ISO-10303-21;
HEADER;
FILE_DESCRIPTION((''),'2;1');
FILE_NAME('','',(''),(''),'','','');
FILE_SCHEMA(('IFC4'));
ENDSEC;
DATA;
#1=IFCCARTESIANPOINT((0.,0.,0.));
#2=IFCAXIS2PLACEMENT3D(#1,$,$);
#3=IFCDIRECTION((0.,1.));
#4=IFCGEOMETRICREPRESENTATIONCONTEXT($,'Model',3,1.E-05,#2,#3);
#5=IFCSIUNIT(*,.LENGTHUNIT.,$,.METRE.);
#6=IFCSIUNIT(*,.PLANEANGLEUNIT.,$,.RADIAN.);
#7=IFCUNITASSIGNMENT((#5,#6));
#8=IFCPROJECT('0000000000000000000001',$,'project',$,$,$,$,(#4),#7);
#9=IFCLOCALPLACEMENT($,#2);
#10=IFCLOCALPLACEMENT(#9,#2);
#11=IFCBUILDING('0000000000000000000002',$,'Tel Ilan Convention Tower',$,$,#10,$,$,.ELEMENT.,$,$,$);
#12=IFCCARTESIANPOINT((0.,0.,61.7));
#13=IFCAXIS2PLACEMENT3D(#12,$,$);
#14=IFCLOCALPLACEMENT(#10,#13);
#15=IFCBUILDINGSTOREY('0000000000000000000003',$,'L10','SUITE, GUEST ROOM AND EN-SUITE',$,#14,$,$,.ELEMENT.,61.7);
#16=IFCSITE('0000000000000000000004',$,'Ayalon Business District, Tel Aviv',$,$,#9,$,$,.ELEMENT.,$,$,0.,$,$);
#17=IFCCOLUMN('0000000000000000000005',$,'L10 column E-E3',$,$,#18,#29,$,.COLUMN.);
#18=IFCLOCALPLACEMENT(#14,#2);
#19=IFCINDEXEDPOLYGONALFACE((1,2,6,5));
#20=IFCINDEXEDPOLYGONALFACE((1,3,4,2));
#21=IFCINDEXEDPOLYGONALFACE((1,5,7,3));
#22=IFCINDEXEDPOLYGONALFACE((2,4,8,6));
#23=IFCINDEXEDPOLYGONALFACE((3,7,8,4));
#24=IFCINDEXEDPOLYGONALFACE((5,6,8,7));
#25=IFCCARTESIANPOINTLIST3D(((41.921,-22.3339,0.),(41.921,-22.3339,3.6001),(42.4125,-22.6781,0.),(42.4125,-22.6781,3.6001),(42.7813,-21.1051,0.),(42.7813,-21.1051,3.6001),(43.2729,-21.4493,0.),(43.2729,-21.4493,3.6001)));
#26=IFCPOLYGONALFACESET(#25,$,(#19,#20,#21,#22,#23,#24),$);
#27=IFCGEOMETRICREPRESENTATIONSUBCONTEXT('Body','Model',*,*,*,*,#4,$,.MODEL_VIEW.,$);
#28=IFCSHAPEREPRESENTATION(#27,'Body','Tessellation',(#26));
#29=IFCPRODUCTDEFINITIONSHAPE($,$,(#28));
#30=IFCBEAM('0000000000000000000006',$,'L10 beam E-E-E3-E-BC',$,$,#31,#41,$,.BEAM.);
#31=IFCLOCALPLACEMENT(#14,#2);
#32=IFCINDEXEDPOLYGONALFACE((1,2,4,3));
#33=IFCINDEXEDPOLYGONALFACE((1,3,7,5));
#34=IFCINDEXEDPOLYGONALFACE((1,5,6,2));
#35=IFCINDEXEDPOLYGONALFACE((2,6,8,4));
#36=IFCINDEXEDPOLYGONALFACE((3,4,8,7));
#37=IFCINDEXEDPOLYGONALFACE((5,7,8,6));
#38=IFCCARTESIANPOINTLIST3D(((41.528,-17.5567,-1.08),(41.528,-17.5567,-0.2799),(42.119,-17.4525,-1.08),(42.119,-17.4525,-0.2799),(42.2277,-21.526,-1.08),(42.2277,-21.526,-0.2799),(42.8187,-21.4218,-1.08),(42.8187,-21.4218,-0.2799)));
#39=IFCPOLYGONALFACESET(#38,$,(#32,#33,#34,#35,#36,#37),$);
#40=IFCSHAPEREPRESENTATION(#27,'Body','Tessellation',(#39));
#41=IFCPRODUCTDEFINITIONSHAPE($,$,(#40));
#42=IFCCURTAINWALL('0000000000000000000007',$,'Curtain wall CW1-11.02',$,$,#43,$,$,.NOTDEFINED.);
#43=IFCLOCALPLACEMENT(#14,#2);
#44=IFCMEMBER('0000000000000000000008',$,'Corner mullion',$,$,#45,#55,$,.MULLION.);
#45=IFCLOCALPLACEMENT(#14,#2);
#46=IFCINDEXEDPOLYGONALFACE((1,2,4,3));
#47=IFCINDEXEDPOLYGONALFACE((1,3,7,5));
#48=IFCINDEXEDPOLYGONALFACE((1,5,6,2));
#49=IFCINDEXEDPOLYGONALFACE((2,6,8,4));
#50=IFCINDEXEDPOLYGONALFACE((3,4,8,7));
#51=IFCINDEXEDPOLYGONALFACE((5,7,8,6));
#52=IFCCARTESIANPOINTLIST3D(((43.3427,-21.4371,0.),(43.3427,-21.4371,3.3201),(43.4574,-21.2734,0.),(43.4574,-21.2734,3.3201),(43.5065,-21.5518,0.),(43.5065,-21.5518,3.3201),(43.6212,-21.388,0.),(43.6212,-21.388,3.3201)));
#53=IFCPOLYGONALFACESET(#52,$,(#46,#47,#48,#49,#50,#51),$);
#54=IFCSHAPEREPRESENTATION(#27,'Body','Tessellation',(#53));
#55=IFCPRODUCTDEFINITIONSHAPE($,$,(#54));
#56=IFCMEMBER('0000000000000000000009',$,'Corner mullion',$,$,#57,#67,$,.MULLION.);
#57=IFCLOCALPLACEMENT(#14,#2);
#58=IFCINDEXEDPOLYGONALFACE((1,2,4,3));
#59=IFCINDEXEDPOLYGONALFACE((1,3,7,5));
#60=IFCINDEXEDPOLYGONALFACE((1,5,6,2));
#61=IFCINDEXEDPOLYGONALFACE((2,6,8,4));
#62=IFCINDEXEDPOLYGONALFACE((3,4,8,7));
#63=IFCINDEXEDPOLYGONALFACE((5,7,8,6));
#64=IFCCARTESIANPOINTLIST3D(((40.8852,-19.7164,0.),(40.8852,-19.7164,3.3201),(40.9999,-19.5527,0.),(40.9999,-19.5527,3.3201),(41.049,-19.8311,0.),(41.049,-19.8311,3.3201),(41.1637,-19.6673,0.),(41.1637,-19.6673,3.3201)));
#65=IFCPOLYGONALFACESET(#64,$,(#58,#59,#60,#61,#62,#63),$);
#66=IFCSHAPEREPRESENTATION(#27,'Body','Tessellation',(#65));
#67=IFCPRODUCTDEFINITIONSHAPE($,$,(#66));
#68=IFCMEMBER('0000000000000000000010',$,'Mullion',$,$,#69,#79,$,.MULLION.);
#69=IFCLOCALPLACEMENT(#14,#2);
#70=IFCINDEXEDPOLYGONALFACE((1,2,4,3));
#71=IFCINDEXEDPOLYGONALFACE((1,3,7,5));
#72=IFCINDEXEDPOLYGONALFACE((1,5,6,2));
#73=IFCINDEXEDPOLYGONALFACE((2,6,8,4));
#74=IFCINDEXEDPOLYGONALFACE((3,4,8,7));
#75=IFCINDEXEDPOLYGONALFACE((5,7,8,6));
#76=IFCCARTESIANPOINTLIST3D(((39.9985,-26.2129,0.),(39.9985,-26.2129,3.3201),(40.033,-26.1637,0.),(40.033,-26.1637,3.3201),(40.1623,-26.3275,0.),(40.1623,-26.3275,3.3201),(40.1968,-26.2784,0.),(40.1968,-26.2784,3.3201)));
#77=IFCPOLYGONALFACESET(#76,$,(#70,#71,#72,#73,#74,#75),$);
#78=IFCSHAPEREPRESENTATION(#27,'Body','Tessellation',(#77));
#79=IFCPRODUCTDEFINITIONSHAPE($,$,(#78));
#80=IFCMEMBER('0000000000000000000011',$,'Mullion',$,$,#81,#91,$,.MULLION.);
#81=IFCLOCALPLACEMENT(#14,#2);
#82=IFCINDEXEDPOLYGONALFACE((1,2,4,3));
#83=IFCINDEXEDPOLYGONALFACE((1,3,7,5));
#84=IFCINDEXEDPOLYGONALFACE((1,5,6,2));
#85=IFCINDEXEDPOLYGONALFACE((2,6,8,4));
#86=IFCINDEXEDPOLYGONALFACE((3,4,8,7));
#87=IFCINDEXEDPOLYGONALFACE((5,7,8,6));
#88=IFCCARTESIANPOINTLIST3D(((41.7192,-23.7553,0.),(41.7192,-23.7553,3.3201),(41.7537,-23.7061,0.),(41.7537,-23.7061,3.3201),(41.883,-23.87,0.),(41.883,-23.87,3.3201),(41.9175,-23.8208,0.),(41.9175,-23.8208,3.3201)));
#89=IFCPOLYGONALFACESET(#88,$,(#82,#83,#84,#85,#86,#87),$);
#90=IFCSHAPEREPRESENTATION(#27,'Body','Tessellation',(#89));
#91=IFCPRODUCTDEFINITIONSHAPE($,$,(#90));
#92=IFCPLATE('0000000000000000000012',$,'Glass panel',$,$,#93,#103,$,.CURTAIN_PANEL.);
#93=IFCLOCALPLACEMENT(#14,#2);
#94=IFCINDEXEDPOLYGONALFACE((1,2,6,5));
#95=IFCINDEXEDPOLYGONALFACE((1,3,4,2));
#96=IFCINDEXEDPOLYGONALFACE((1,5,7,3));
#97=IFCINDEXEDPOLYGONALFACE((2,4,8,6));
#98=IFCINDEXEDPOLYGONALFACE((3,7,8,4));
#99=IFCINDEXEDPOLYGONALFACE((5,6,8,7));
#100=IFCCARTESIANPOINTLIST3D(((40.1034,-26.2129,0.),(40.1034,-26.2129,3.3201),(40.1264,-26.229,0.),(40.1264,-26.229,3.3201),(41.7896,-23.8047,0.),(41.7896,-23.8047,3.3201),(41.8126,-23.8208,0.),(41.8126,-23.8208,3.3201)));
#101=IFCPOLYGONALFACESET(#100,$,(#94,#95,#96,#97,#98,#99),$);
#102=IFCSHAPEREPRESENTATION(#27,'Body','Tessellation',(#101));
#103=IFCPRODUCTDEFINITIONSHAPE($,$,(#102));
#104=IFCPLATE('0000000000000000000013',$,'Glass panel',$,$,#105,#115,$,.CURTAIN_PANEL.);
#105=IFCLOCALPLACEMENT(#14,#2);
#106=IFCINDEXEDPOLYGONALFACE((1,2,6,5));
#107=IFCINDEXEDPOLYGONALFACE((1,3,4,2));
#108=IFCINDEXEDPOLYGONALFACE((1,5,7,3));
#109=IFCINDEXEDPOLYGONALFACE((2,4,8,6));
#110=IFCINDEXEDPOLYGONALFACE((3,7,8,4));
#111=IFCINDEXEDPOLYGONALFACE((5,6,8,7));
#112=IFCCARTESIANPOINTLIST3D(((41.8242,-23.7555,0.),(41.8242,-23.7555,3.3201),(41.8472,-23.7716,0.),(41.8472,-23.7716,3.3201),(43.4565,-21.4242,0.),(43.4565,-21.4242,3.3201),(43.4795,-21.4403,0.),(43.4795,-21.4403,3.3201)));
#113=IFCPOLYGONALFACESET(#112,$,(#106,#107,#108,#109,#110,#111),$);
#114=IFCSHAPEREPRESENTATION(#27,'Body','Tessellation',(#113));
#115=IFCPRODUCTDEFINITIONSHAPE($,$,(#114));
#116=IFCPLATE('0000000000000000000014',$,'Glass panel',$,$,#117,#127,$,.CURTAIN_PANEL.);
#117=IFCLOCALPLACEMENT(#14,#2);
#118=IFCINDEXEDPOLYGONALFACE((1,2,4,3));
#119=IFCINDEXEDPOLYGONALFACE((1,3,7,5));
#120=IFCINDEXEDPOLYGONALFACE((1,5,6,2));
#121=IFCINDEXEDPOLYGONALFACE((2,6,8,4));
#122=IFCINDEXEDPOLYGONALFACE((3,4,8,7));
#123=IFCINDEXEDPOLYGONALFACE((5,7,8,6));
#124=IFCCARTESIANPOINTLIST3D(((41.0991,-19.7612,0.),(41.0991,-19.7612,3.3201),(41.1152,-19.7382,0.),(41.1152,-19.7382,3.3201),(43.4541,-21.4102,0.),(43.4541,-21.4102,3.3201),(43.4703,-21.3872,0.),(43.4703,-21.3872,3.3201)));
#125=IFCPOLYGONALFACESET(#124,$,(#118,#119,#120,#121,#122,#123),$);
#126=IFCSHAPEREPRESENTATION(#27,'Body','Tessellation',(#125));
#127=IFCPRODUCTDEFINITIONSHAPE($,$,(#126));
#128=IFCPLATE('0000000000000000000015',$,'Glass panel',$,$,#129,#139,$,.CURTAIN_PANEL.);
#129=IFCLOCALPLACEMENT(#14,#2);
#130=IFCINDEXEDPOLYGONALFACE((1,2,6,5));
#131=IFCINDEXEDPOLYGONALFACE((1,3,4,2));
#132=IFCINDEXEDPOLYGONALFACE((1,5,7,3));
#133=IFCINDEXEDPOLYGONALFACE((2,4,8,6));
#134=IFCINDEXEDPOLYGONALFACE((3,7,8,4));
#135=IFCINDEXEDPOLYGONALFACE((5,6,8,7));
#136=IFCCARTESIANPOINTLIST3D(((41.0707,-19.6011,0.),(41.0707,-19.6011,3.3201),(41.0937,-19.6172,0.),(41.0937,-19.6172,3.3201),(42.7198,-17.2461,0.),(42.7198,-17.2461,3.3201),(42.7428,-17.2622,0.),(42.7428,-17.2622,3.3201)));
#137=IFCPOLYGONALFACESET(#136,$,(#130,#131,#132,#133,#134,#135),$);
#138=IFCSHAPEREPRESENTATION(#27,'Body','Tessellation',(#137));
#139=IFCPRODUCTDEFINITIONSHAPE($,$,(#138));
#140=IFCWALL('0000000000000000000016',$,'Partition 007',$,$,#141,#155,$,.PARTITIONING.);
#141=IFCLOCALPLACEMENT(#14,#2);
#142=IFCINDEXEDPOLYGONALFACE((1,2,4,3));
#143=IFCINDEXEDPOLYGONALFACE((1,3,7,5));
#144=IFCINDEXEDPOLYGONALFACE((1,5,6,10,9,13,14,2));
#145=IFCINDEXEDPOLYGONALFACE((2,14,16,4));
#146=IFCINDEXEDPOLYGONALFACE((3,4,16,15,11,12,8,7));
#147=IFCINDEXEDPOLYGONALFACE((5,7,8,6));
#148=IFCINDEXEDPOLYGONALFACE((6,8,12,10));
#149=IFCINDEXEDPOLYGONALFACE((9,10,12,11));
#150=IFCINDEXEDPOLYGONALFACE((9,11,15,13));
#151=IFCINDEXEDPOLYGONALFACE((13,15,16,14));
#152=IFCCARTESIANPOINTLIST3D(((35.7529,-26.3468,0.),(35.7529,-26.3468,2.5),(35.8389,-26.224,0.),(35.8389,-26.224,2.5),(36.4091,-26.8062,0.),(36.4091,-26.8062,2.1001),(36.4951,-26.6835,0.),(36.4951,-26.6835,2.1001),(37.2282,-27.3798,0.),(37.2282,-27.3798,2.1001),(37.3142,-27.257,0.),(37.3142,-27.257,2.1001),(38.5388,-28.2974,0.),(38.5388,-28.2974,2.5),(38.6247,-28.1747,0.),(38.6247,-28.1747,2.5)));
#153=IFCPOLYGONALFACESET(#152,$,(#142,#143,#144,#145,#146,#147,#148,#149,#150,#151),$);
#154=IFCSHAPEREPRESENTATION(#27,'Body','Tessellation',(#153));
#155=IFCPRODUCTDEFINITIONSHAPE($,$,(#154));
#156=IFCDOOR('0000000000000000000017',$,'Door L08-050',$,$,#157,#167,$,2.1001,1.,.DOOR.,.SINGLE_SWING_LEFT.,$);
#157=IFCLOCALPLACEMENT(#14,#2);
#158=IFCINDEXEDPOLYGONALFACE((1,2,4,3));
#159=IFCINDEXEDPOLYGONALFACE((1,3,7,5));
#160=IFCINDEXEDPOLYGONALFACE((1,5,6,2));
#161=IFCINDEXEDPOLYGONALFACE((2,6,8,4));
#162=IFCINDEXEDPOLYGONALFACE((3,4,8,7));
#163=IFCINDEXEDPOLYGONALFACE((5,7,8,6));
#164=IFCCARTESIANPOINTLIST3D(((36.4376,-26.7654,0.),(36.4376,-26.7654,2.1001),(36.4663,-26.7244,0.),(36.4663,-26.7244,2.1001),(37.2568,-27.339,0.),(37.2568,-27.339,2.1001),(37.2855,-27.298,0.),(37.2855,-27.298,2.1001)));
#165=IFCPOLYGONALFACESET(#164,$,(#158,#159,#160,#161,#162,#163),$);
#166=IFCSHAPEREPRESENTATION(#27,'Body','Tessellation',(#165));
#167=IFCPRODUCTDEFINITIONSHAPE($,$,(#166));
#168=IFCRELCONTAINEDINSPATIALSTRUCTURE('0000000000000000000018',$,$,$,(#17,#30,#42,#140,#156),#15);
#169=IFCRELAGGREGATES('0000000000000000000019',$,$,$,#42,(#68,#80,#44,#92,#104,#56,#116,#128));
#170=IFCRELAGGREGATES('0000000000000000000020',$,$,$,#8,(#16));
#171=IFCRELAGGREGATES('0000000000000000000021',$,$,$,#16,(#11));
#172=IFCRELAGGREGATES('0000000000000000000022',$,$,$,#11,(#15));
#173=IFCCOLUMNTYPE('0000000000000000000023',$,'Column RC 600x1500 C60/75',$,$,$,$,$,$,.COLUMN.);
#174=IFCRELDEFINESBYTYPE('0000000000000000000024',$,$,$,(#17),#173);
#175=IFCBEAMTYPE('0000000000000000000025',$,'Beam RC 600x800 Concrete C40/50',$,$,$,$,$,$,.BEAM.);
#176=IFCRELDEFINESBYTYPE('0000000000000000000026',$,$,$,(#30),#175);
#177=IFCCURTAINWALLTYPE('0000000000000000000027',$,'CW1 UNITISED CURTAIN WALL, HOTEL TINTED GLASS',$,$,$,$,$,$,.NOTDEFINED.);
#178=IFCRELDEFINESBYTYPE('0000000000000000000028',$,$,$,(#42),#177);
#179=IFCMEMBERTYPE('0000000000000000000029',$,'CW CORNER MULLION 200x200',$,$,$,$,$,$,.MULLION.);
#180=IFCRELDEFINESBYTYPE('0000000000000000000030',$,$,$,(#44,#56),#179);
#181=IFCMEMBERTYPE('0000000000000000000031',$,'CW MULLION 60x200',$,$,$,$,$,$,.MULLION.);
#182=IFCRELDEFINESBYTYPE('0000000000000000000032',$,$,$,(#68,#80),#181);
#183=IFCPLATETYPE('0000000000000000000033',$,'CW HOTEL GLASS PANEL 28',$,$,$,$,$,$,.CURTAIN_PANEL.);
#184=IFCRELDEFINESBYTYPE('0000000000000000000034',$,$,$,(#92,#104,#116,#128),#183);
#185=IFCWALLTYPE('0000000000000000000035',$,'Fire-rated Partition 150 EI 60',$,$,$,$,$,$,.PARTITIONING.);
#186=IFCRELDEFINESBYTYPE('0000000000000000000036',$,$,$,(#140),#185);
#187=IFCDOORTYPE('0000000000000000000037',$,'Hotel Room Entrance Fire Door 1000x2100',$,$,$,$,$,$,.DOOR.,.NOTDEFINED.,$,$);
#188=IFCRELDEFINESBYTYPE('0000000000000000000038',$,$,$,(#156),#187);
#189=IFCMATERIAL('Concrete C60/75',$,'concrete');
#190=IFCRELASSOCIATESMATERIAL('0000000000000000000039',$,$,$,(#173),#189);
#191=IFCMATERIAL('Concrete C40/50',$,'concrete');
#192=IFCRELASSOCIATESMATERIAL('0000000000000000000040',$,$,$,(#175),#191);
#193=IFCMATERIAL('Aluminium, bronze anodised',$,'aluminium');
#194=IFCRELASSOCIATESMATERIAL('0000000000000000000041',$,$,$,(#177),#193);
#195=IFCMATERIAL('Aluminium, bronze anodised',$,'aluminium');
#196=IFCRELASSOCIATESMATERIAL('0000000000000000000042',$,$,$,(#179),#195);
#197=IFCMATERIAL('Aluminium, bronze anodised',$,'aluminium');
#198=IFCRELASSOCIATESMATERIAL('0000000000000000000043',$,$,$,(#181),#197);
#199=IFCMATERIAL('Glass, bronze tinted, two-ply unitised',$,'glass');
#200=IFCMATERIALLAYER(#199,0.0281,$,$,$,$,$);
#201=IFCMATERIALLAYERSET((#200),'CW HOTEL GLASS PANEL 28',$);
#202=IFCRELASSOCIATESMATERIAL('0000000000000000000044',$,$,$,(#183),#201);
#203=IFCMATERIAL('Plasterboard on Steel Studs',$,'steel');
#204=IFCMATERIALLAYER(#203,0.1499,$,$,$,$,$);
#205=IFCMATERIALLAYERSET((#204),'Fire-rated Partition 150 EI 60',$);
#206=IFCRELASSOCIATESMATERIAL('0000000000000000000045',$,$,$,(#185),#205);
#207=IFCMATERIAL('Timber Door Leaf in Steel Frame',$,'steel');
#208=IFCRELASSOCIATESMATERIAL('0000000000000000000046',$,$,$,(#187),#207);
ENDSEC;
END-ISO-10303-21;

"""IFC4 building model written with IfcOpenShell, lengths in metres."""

from ifc_helpers import new_model, si_unit, direction, frame, frame_2d, origin, origin_2d, place, context, subcontext, project, spatial, rectangle, extrude, material, layer, layer_set, material_profile, profile_set, type_object, element, fill, aggregate, save


model = new_model("IFC4")

# Units and contexts
model_context = context("Model", 3, precision=1e-05, world=origin(), true_north=direction((0.0, 1.0)))
body_context = subcontext(model_context, "Body", "Model", "MODEL_VIEW")
ifc_project = project(units=[si_unit("LENGTHUNIT", "METRE"), si_unit("PLANEANGLEUNIT", "RADIAN")], contexts=[model_context])

# Site, building, storey
site_placement = place(None, origin())
site = spatial("IfcSite", under=ifc_project, at=site_placement, Name="Ayalon Business District, Tel Aviv", CompositionType="ELEMENT", RefElevation=0.0)
building_placement = place(site_placement, origin())
building = spatial("IfcBuilding", under=site, at=building_placement, Name="Tel Ilan Convention Tower", CompositionType="ELEMENT")
storey_placement = place(building_placement, frame((0.0, 0.0, 61.7)))
storey = spatial("IfcBuildingStorey", under=building, at=storey_placement, Name="L10", Description="SUITE, GUEST ROOM AND EN-SUITE", CompositionType="ELEMENT", Elevation=61.7)

# Column
ifc_material_1 = material(Name="Concrete C60/75", Category="concrete")
ifc_material_profile_1 = material_profile(ifc_material_1, rectangle(XDim=1.5, YDim=0.6001, at=origin_2d()), Name="RC 600x1500")
ifc_profile_set_1 = profile_set([ifc_material_profile_1], Name="Concrete C60/75")
column_type = type_object("IfcColumnType", Name="Column RC 600x1500 C60/75", PredefinedType="COLUMN", material=ifc_profile_set_1)
column_placement = place(storey_placement, frame((42.5969, -21.8916, 0.0), z_axis=(0.0, 0.0, 1.0), x_axis=(0.573576, 0.819152, 0.0)))
element("IfcColumn", 1, at=column_placement, inside=storey, type_object=column_type, Name="L10 column E-E3", PredefinedType="COLUMN", context=body_context, shape_type="SweptSolid", body=[
    extrude(rectangle(XDim=1.5, YDim=0.6001, at=origin_2d()), origin(), (0.0, 0.0, 1.0), 3.6001),
])

# Beam
ifc_material_2 = material(Name="Concrete C40/50", Category="concrete")
ifc_material_profile_2 = material_profile(ifc_material_2, rectangle(XDim=0.6001, YDim=0.8, at=origin_2d()), Name="RC 600x800")
ifc_profile_set_2 = profile_set([ifc_material_profile_2], Name="Concrete C40/50")
beam_type = type_object("IfcBeamType", Name="Beam RC 600x800 Concrete C40/50", PredefinedType="BEAM", material=ifc_profile_set_2)
beam_placement = place(storey_placement, frame((42.5232, -21.4739, -0.6799), z_axis=(-0.173606, 0.984815, 0.0), x_axis=(-0.984815, -0.173606, 0.0)))
element("IfcBeam", 2, at=beam_placement, inside=storey, type_object=beam_type, Name="L10 beam E-E-E3-E-BC", PredefinedType="BEAM", context=body_context, shape_type="SweptSolid", body=[
    extrude(rectangle(XDim=0.6001, YDim=0.8, at=origin_2d()), origin(), (0.0, 0.0, 1.0), 4.0305),
])

# Curtain wall, members, plates
ifc_material_3 = material(Name="Aluminium, bronze anodised", Category="aluminium")
curtain_wall_type = type_object("IfcCurtainWallType", Name="CW1 UNITISED CURTAIN WALL, HOTEL TINTED GLASS", PredefinedType="NOTDEFINED", material=ifc_material_3)
curtain_wall_placement = place(storey_placement, origin())
curtain_wall = element("IfcCurtainWall", 3, at=curtain_wall_placement, inside=storey, type_object=curtain_wall_type, Name="Curtain wall CW1-11.02", PredefinedType="NOTDEFINED")
ifc_material_4 = material(Name="Aluminium, bronze anodised", Category="aluminium")
ifc_material_profile_3 = material_profile(ifc_material_4, rectangle(XDim=0.2, YDim=0.2, at=origin_2d()), Name="CW CORNER MULLION 200x200")
ifc_profile_set_3 = profile_set([ifc_material_profile_3], Name="Aluminium, bronze anodised")
member_type_1 = type_object("IfcMemberType", Name="CW CORNER MULLION 200x200", PredefinedType="MULLION", material=ifc_profile_set_3)
member_1_placement = place(storey_placement, frame((43.4819, -21.4126, 0.0), z_axis=(0.0, 0.0, 1.0), x_axis=(0.573576, 0.819152, 0.0)))
member_1 = element("IfcMember", 4, at=member_1_placement, type_object=member_type_1, Name="Corner mullion", PredefinedType="MULLION", context=body_context, shape_type="SweptSolid", body=[
    extrude(rectangle(XDim=0.2, YDim=0.2, at=origin_2d()), origin(), (0.0, 0.0, 1.0), 3.3201),
])
member_2_placement = place(storey_placement, frame((41.0244, -19.6919, 0.0), z_axis=(0.0, 0.0, 1.0), x_axis=(-0.819152, 0.573576, 0.0)))
member_2 = element("IfcMember", 5, at=member_2_placement, type_object=member_type_1, Name="Corner mullion", PredefinedType="MULLION", context=body_context, shape_type="SweptSolid", body=[
    extrude(rectangle(XDim=0.2, YDim=0.2, at=origin_2d()), origin(), (0.0, 0.0, 1.0), 3.3201),
])
ifc_material_5 = material(Name="Aluminium, bronze anodised", Category="aluminium")
ifc_material_profile_4 = material_profile(ifc_material_5, rectangle(XDim=0.0601, YDim=0.2, at=origin_2d()), Name="CW MULLION 60x200")
ifc_profile_set_4 = profile_set([ifc_material_profile_4], Name="Aluminium, bronze anodised")
member_type_2 = type_object("IfcMemberType", Name="CW MULLION 60x200", PredefinedType="MULLION", material=ifc_profile_set_4)
member_3_placement = place(storey_placement, frame((40.0977, -26.2456, 0.0), z_axis=(0.0, 0.0, 1.0), x_axis=(0.573576, 0.819152, 0.0)))
member_3 = element("IfcMember", 6, at=member_3_placement, type_object=member_type_2, Name="Mullion", PredefinedType="MULLION", context=body_context, shape_type="SweptSolid", body=[
    extrude(rectangle(XDim=0.0601, YDim=0.2, at=origin_2d()), origin(), (0.0, 0.0, 1.0), 3.3201),
])
member_4_placement = place(storey_placement, frame((41.8184, -23.7881, 0.0), z_axis=(0.0, 0.0, 1.0), x_axis=(0.573576, 0.819152, 0.0)))
member_4 = element("IfcMember", 7, at=member_4_placement, type_object=member_type_2, Name="Mullion", PredefinedType="MULLION", context=body_context, shape_type="SweptSolid", body=[
    extrude(rectangle(XDim=0.0601, YDim=0.2, at=origin_2d()), origin(), (0.0, 0.0, 1.0), 3.3201),
])
ifc_material_6 = material(Name="Glass, bronze tinted, two-ply unitised", Category="glass")
ifc_layer_1 = layer(ifc_material_6, 0.0281)
ifc_layer_set_1 = layer_set([ifc_layer_1], Name="CW HOTEL GLASS PANEL 28")
plate_type = type_object("IfcPlateType", Name="CW HOTEL GLASS PANEL 28", PredefinedType="CURTAIN_PANEL", material=ifc_layer_set_1)
plate_1_placement = place(storey_placement, frame((40.958, -25.0168, 0.0), z_axis=(0.0, 0.0, 1.0), x_axis=(0.573576, 0.819152, 0.0)))
plate_1 = element("IfcPlate", 8, at=plate_1_placement, type_object=plate_type, Name="Glass panel", PredefinedType="CURTAIN_PANEL", context=body_context, shape_type="SweptSolid", body=[
    extrude(rectangle(XDim=2.9399, YDim=0.0281, at=origin_2d()), origin(), (0.0, 0.0, 1.0), 3.3201),
])
plate_2_placement = place(storey_placement, frame((42.6519, -22.5979, 0.0), z_axis=(0.0, 0.0, 1.0), x_axis=(0.573576, 0.819152, 0.0)))
plate_2 = element("IfcPlate", 9, at=plate_2_placement, type_object=plate_type, Name="Glass panel", PredefinedType="CURTAIN_PANEL", context=body_context, shape_type="SweptSolid", body=[
    extrude(rectangle(XDim=2.8459, YDim=0.0281, at=origin_2d()), origin(), (0.0, 0.0, 1.0), 3.3201),
])
plate_3_placement = place(storey_placement, frame((42.2847, -20.5742, 0.0), z_axis=(0.0, 0.0, 1.0), x_axis=(-0.819152, 0.573576, 0.0)))
plate_3 = element("IfcPlate", 10, at=plate_3_placement, type_object=plate_type, Name="Glass panel", PredefinedType="CURTAIN_PANEL", context=body_context, shape_type="SweptSolid", body=[
    extrude(rectangle(XDim=2.875, YDim=0.0281, at=origin_2d()), origin(), (0.0, 0.0, 1.0), 3.3201),
])
plate_4_placement = place(storey_placement, frame((41.9067, -18.4316, 0.0), z_axis=(0.0, 0.0, 1.0), x_axis=(0.573576, 0.819152, 0.0)))
plate_4 = element("IfcPlate", 11, at=plate_4_placement, type_object=plate_type, Name="Glass panel", PredefinedType="CURTAIN_PANEL", context=body_context, shape_type="SweptSolid", body=[
    extrude(rectangle(XDim=2.875, YDim=0.0281, at=origin_2d()), origin(), (0.0, 0.0, 1.0), 3.3201),
])
aggregate(curtain_wall, [member_3, member_4, member_1, plate_1, plate_2, member_2, plate_3, plate_4])

# Wall, opening, door
ifc_material_7 = material(Name="Plasterboard on Steel Studs", Category="steel")
ifc_layer_2 = layer(ifc_material_7, 0.1499)
ifc_layer_set_2 = layer_set([ifc_layer_2], Name="Fire-rated Partition 150 EI 60")
wall_type_1 = type_object("IfcWallType", Name="Fire-rated Partition 150 EI 60", PredefinedType="PARTITIONING", material=ifc_layer_set_2)
wall_1_placement = place(storey_placement, frame((35.7959, -26.2854, 0.0), z_axis=(0.0, 0.0, 1.0), x_axis=(0.819154, -0.573573, 0.0)))
wall_1 = element("IfcWall", 12, at=wall_1_placement, inside=storey, type_object=wall_type_1, Name="Partition 007", PredefinedType="PARTITIONING", context=body_context, shape_type="SweptSolid", body=[
    extrude(rectangle(XDim=3.4009, YDim=0.1499, at=frame_2d((1.7004, 0.0))), origin(), (0.0, 0.0, 1.0), 2.5),
])
opening_1_placement = place(wall_1_placement, frame((0.801, 0.0, 0.0)))
opening_1 = element("IfcOpeningElement", 13, at=opening_1_placement, cuts=wall_1, PredefinedType="OPENING", context=body_context, shape_type="SweptSolid", body=[
    extrude(rectangle(XDim=1.0, YDim=2.1001, at=frame_2d((0.5, 1.05))), frame((0.0, 0.085, 0.0), z_axis=(0.0, -1.0, 0.0), x_axis=(1.0, 0.0, 0.0)), (0.0, 0.0, 1.0), 0.1699),
])
ifc_material_8 = material(Name="Timber Door Leaf in Steel Frame", Category="steel")
door_type_1 = type_object("IfcDoorType", Name="Hotel Room Entrance Fire Door 1000x2100", OperationType="NOTDEFINED", PredefinedType="DOOR", material=ifc_material_8)
door_1_placement = place(opening_1_placement, origin())
door_1 = element("IfcDoor", 14, at=door_1_placement, inside=storey, type_object=door_type_1, Name="Door L08-050", OperationType="SINGLE_SWING_LEFT", OverallHeight=2.1001, OverallWidth=1.0, PredefinedType="DOOR", context=body_context, shape_type="SweptSolid", body=[
    extrude(rectangle(XDim=1.0, YDim=2.1001, at=frame_2d((0.5, 1.05))), frame((0.0, 0.0249, 0.0), z_axis=(0.0, -1.0, 0.0), x_axis=(1.0, 0.0, 0.0)), (0.0, 0.0, 1.0), 0.05),
])
fill(opening_1, door_1)

save(model, "model.ifc")
